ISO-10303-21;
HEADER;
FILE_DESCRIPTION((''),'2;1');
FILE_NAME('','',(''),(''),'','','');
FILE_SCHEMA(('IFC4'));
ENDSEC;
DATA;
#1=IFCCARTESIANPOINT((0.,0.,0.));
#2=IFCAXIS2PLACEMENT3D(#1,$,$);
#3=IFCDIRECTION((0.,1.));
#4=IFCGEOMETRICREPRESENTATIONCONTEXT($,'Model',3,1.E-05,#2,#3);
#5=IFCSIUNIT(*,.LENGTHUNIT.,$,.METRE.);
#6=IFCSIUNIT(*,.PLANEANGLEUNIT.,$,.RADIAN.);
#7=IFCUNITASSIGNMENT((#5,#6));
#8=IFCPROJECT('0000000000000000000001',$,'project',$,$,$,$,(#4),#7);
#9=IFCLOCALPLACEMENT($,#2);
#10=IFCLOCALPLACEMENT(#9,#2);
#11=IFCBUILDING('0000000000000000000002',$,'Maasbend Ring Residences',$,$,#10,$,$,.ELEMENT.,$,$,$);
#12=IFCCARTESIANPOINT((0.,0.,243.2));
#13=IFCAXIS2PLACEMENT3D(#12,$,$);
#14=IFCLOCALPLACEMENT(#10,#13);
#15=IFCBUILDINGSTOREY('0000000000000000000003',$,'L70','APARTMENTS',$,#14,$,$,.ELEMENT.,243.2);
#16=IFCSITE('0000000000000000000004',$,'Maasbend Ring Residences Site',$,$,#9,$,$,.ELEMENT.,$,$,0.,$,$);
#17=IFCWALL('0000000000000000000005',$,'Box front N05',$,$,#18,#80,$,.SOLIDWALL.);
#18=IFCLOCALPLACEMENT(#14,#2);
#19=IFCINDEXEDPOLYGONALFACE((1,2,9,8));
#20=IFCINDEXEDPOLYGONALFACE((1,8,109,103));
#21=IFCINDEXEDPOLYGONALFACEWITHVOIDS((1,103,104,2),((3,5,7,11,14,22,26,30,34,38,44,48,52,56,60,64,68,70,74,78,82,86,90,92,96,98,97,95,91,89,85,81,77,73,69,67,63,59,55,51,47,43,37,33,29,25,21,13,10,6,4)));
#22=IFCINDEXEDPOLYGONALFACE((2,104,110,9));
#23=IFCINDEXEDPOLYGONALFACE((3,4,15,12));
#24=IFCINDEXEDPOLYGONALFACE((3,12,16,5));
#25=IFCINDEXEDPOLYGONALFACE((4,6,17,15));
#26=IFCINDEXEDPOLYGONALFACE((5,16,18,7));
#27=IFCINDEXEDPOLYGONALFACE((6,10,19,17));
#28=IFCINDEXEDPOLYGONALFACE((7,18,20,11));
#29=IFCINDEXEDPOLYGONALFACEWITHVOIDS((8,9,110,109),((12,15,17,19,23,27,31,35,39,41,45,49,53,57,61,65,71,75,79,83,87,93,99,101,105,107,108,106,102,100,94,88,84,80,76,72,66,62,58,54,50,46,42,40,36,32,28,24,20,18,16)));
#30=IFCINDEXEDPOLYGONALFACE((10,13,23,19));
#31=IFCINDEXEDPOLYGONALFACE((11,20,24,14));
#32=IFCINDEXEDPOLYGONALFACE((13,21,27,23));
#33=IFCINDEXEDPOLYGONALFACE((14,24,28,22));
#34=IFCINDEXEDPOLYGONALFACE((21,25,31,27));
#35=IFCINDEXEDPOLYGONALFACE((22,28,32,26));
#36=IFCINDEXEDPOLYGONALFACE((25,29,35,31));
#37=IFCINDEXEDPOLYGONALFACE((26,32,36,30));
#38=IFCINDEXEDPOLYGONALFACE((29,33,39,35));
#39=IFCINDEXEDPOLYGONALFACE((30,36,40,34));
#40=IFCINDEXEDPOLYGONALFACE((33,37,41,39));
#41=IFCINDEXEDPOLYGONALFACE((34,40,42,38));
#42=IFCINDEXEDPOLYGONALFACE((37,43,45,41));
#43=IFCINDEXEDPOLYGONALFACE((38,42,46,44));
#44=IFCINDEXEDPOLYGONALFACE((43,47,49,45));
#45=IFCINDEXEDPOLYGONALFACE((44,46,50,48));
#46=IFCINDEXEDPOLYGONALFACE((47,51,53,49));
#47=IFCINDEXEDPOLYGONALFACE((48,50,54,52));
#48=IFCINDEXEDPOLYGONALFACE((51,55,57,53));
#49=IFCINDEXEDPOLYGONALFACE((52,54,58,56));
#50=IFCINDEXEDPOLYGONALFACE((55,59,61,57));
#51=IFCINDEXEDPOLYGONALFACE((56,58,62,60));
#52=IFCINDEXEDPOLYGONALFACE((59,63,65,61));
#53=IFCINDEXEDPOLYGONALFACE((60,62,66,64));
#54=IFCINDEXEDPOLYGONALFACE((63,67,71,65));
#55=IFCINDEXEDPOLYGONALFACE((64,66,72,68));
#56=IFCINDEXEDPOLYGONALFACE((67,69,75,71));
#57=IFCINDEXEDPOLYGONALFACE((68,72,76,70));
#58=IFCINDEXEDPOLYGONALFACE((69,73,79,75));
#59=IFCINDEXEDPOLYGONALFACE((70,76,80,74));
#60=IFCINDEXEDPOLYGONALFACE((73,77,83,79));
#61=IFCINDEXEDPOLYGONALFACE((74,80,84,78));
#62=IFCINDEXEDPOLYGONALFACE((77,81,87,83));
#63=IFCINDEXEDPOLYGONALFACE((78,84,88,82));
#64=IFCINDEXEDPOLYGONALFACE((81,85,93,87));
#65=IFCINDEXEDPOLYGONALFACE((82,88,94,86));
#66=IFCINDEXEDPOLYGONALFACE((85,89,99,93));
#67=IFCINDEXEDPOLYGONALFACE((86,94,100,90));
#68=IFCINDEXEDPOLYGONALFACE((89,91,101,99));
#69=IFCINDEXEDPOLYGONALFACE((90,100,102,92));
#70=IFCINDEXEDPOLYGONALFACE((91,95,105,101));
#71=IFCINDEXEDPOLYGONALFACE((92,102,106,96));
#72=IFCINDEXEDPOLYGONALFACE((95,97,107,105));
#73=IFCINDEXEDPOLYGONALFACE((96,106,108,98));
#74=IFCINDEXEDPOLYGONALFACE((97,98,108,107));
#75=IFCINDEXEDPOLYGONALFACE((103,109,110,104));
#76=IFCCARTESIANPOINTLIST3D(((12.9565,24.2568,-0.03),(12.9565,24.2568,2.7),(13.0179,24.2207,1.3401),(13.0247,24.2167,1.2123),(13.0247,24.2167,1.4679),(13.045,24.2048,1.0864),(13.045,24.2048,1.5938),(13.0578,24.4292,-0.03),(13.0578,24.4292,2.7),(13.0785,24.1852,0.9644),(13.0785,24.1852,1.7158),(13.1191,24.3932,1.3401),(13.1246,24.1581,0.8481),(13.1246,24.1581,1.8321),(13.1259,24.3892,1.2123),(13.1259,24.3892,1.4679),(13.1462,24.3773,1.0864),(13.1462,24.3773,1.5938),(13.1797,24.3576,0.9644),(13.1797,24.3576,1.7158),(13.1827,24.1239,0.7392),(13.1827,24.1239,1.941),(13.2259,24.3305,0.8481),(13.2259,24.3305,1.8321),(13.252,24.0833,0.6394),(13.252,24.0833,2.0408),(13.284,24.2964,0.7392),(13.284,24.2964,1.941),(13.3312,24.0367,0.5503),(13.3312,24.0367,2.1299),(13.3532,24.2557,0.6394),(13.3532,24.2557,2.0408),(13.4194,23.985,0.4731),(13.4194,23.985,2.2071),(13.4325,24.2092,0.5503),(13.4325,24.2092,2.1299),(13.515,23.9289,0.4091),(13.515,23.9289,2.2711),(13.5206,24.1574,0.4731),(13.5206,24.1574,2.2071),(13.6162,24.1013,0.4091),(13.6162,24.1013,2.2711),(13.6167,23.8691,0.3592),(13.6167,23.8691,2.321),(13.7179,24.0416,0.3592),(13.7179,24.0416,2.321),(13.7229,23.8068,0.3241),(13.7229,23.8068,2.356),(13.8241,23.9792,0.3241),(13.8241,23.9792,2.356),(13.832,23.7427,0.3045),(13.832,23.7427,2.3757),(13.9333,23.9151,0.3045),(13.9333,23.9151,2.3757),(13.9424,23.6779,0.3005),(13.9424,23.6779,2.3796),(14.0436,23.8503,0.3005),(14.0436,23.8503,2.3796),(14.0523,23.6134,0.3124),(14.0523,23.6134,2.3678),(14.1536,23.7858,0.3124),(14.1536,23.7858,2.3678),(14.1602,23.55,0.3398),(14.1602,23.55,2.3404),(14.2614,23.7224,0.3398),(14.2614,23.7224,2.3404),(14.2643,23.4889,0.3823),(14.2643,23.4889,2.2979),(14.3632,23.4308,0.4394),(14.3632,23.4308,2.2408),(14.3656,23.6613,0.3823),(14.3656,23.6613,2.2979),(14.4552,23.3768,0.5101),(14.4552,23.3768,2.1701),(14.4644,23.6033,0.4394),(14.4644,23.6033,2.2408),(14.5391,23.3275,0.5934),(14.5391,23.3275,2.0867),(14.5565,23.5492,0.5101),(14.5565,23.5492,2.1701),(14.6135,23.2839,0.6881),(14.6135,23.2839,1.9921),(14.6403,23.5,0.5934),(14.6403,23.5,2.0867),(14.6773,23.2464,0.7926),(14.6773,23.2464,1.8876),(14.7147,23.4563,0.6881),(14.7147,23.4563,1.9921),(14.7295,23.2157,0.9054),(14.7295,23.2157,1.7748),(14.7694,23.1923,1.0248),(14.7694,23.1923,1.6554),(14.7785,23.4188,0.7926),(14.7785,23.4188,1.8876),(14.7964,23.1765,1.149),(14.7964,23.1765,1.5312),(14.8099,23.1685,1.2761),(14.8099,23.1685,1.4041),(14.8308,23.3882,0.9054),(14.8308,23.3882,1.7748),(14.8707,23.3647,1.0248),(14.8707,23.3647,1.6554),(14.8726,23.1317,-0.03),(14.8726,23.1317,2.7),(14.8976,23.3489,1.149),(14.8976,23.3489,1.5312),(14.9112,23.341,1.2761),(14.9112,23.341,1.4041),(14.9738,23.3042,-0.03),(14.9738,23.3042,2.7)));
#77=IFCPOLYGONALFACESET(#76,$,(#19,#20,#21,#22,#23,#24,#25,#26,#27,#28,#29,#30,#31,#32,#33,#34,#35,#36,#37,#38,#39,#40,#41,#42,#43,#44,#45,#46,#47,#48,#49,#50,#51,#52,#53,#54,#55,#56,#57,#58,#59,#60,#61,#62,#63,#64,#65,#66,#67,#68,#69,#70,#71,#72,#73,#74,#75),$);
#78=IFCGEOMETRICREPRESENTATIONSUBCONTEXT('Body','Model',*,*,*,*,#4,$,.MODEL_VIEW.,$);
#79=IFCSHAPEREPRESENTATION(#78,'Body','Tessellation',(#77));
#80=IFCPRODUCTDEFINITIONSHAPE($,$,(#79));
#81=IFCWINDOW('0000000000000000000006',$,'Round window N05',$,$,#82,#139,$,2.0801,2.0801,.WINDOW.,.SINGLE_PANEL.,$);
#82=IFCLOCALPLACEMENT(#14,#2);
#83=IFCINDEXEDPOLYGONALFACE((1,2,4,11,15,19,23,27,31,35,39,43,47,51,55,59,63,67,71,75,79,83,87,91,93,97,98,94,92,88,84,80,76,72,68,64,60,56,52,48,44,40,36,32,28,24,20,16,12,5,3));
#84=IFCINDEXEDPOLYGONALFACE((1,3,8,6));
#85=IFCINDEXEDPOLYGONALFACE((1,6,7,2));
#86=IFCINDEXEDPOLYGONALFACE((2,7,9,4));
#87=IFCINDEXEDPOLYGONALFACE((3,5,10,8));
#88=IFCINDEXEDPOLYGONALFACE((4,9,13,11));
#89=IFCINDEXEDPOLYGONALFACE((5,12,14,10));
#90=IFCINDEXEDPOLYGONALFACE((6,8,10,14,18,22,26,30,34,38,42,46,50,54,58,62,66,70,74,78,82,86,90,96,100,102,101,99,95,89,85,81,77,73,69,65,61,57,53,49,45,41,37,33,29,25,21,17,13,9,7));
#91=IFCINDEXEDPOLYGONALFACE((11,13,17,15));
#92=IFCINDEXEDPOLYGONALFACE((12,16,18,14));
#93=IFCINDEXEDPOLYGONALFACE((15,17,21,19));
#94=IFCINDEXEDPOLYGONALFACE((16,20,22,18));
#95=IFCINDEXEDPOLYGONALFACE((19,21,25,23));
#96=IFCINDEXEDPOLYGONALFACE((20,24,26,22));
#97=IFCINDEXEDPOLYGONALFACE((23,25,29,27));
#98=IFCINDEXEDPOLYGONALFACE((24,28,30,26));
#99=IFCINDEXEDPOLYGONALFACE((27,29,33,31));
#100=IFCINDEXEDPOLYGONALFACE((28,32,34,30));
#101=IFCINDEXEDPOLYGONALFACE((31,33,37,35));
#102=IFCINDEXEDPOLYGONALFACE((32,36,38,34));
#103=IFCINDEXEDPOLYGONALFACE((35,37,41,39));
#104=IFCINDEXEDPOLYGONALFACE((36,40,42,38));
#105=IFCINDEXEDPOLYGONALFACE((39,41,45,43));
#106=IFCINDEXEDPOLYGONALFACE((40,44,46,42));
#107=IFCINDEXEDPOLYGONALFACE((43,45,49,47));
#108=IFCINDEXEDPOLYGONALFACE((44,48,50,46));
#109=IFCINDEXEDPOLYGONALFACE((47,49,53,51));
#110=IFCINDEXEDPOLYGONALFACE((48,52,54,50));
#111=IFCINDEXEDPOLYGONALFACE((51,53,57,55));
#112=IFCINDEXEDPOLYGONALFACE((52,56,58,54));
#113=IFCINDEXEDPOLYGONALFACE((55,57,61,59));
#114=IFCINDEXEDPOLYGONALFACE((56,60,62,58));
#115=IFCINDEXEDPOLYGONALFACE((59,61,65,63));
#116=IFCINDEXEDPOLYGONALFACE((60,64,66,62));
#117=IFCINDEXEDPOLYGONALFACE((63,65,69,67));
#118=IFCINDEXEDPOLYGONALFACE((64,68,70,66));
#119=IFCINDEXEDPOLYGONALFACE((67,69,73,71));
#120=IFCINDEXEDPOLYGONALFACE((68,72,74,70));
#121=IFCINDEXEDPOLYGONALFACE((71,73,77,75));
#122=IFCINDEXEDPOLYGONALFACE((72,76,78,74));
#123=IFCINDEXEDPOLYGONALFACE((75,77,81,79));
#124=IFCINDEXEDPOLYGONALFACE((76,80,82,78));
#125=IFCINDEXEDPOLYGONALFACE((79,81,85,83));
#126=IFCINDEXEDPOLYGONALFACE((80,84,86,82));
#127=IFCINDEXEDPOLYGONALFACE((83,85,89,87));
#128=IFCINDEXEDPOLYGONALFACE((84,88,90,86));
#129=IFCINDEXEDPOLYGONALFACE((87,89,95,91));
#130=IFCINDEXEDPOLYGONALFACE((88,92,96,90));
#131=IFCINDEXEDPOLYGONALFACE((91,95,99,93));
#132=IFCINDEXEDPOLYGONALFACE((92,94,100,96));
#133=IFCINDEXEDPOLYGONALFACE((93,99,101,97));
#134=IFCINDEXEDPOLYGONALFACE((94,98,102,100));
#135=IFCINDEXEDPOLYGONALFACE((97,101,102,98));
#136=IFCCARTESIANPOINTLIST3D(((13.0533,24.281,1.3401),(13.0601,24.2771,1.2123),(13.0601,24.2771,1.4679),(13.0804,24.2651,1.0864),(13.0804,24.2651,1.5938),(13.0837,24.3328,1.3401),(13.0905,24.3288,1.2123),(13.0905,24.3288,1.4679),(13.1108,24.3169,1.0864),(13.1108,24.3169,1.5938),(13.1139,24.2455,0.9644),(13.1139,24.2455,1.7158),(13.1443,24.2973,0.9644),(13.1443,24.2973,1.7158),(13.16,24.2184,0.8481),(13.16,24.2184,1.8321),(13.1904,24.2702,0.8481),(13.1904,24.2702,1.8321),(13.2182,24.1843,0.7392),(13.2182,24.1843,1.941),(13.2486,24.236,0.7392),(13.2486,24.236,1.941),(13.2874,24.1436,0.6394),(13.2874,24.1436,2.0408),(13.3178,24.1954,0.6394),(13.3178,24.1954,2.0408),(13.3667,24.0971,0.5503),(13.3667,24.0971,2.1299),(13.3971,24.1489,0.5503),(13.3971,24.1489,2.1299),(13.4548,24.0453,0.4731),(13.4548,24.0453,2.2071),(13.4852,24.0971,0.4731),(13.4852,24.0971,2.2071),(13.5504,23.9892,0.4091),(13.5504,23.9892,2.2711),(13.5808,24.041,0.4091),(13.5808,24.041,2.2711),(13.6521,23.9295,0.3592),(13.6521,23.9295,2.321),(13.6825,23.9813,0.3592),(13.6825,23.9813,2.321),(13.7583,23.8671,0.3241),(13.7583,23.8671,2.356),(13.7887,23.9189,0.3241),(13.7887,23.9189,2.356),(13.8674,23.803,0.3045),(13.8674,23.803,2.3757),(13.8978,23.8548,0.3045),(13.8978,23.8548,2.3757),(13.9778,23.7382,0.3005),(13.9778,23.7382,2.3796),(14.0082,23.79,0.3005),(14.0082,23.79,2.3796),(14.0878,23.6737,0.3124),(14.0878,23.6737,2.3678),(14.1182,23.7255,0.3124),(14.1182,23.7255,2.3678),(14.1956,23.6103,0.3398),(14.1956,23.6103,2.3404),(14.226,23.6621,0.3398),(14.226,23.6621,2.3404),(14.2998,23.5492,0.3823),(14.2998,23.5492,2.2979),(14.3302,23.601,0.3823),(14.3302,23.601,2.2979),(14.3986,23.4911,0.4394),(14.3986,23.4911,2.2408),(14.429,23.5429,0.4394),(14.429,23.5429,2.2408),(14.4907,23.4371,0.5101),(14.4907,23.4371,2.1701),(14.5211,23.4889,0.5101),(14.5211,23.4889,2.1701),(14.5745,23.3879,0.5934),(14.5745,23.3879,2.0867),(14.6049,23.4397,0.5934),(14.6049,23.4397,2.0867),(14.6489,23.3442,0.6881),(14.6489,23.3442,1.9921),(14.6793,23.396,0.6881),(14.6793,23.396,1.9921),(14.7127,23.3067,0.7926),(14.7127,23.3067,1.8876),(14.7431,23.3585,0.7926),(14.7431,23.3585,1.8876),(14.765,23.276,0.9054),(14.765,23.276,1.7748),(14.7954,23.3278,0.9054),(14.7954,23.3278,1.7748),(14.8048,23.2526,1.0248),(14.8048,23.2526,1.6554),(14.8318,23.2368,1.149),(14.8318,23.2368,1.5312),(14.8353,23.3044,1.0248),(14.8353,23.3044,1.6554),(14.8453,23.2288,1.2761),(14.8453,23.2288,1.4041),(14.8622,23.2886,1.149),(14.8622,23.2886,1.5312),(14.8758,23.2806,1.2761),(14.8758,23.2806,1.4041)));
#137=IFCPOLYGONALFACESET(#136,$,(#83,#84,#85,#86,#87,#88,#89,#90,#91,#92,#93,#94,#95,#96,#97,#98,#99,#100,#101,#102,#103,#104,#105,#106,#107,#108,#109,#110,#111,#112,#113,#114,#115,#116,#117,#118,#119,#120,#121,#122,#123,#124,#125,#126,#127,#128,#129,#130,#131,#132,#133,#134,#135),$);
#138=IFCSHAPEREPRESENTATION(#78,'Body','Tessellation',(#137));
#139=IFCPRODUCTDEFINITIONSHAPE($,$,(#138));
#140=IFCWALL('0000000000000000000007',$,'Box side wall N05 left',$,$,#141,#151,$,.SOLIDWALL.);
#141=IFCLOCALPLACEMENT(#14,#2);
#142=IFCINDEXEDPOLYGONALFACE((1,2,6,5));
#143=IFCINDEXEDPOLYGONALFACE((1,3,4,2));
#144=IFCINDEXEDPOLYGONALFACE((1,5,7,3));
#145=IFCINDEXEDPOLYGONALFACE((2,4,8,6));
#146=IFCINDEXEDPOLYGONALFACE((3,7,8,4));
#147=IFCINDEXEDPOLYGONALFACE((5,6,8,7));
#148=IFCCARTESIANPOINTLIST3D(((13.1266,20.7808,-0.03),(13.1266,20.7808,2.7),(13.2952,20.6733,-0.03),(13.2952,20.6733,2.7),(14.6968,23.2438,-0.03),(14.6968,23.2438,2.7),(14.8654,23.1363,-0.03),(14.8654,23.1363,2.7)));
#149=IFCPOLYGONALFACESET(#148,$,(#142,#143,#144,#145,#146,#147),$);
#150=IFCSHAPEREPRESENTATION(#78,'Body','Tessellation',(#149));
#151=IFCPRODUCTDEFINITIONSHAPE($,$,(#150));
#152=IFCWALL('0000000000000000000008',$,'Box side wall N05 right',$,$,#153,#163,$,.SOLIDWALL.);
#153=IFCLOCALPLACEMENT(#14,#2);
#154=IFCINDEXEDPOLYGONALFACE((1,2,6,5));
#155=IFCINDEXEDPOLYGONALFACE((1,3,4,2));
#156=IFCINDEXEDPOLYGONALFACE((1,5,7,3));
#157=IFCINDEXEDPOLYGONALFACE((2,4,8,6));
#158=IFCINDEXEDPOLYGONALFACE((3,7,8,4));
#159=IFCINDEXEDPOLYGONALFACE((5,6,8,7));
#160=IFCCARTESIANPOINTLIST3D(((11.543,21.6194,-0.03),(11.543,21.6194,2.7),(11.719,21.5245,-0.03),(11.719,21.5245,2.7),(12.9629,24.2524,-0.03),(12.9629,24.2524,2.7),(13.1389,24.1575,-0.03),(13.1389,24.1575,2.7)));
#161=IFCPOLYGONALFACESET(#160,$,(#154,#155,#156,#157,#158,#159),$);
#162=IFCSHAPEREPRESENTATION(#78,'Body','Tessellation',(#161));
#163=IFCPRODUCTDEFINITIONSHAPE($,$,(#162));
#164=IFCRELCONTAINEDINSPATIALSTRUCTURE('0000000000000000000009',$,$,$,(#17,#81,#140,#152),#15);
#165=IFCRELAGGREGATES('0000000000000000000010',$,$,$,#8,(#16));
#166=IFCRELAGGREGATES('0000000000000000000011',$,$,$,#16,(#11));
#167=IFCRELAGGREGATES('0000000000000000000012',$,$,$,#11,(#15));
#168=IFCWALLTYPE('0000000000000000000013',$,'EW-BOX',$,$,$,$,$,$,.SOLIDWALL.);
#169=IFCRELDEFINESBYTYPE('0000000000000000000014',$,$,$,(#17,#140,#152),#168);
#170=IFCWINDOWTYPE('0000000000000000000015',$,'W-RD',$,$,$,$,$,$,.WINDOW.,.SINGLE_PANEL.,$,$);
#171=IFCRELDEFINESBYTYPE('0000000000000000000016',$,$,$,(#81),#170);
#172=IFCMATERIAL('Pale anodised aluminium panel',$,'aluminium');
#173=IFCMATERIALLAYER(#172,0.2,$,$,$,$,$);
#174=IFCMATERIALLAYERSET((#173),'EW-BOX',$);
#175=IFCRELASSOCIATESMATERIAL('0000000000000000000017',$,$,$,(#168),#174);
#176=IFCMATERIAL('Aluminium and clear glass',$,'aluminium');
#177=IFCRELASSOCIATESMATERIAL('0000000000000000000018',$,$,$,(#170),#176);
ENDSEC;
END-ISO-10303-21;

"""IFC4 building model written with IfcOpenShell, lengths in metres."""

from ifc_helpers import new_model, si_unit, direction, frame, frame_2d, origin, place, context, subcontext, project, spatial, rectangle, circle, extrude, material, layer, layer_set, type_object, element, fill, save


model = new_model("IFC4")

# Units and contexts
model_context = context("Model", 3, precision=1e-05, world=origin(), true_north=direction((0.0, 1.0)))
body_context = subcontext(model_context, "Body", "Model", "MODEL_VIEW")
ifc_project = project(units=[si_unit("LENGTHUNIT", "METRE"), si_unit("PLANEANGLEUNIT", "RADIAN")], contexts=[model_context])

# Site, building, storey
site_placement = place(None, origin())
site = spatial("IfcSite", under=ifc_project, at=site_placement, Name="Maasbend Ring Residences Site", CompositionType="ELEMENT", RefElevation=0.0)
building_placement = place(site_placement, origin())
building = spatial("IfcBuilding", under=site, at=building_placement, Name="Maasbend Ring Residences", CompositionType="ELEMENT")
storey_placement = place(building_placement, frame((0.0, 0.0, 243.2)))
storey = spatial("IfcBuildingStorey", under=building, at=storey_placement, Name="L70", Description="APARTMENTS", CompositionType="ELEMENT", Elevation=243.2)

# Shared definitions
ifc_material_1 = material(Name="Pale anodised aluminium panel", Category="aluminium")
ifc_layer_1 = layer(ifc_material_1, 0.2)
ifc_layer_set_1 = layer_set([ifc_layer_1], Name="EW-BOX")
wall_type_1 = type_object("IfcWallType", Name="EW-BOX", PredefinedType="SOLIDWALL", material=ifc_layer_set_1)
ifc_material_2 = material(Name="Aluminium and clear glass", Category="aluminium")
window_type_1 = type_object("IfcWindowType", Name="W-RD", PartitioningType="SINGLE_PANEL", PredefinedType="WINDOW", material=ifc_material_2)

# Wall, opening, window
wall_1_placement = place(storey_placement, frame((14.9231, 23.218, -0.03), z_axis=(0.0, 0.0, 1.0), x_axis=(-0.862341, 0.506328, 0.0)))
wall_1 = element("IfcWall", 1, at=wall_1_placement, inside=storey, type_object=wall_type_1, Name="Box front N05", PredefinedType="SOLIDWALL", context=body_context, shape_type="SweptSolid", body=[
    extrude(rectangle(XDim=2.2219, YDim=0.2, at=frame_2d((1.1108, 0.0))), origin(), (0.0, 0.0, 1.0), 2.73),
])
opening_1_placement = place(wall_1_placement, frame((0.0706, 0.0, 0.3301)))
opening_1 = element("IfcOpeningElement", 2, at=opening_1_placement, cuts=wall_1, PredefinedType="OPENING", context=body_context, shape_type="SweptSolid", body=[
    extrude(circle(Radius=1.04, at=frame_2d((1.04, 1.04))), frame((0.0, 0.1099, 0.0), z_axis=(0.0, -1.0, 0.0), x_axis=(1.0, 0.0, 0.0)), (0.0, 0.0, 1.0), 0.22),
])
window_1_placement = place(opening_1_placement, origin())
window_1 = element("IfcWindow", 3, at=window_1_placement, inside=storey, type_object=window_type_1, Name="Round window N05", OverallHeight=2.0801, OverallWidth=2.0801, PartitioningType="SINGLE_PANEL", PredefinedType="WINDOW", context=body_context, shape_type="SweptSolid", body=[
    extrude(circle(Radius=1.04, at=frame_2d((1.04, 1.04))), frame((0.0, 0.03, 0.0), z_axis=(0.0, -1.0, 0.0), x_axis=(1.0, 0.0, 0.0)), (0.0, 0.0, 1.0), 0.0601),
])
fill(opening_1, window_1)

# Walls
wall_2_placement = place(storey_placement, frame((13.2109, 20.7271, -0.03), z_axis=(0.0, 0.0, 1.0), x_axis=(0.537551, 0.843231, 0.0)))
element("IfcWall", 4, at=wall_2_placement, inside=storey, type_object=wall_type_1, Name="Box side wall N05 left", PredefinedType="SOLIDWALL", context=body_context, shape_type="SweptSolid", body=[
    extrude(rectangle(XDim=2.9209, YDim=0.2, at=frame_2d((1.4604, 0.0))), origin(), (0.0, 0.0, 1.0), 2.73),
])
wall_3_placement = place(storey_placement, frame((11.6311, 21.572, -0.03), z_axis=(0.0, 0.0, 1.0), x_axis=(0.47465, 0.880175, 0.0)))
element("IfcWall", 5, at=wall_3_placement, inside=storey, type_object=wall_type_1, Name="Box side wall N05 right", PredefinedType="SOLIDWALL", context=body_context, shape_type="SweptSolid", body=[
    extrude(rectangle(XDim=2.9915, YDim=0.2, at=frame_2d((1.4956, 0.0))), origin(), (0.0, 0.0, 1.0), 2.73),
])

save(model, "model.ifc")
